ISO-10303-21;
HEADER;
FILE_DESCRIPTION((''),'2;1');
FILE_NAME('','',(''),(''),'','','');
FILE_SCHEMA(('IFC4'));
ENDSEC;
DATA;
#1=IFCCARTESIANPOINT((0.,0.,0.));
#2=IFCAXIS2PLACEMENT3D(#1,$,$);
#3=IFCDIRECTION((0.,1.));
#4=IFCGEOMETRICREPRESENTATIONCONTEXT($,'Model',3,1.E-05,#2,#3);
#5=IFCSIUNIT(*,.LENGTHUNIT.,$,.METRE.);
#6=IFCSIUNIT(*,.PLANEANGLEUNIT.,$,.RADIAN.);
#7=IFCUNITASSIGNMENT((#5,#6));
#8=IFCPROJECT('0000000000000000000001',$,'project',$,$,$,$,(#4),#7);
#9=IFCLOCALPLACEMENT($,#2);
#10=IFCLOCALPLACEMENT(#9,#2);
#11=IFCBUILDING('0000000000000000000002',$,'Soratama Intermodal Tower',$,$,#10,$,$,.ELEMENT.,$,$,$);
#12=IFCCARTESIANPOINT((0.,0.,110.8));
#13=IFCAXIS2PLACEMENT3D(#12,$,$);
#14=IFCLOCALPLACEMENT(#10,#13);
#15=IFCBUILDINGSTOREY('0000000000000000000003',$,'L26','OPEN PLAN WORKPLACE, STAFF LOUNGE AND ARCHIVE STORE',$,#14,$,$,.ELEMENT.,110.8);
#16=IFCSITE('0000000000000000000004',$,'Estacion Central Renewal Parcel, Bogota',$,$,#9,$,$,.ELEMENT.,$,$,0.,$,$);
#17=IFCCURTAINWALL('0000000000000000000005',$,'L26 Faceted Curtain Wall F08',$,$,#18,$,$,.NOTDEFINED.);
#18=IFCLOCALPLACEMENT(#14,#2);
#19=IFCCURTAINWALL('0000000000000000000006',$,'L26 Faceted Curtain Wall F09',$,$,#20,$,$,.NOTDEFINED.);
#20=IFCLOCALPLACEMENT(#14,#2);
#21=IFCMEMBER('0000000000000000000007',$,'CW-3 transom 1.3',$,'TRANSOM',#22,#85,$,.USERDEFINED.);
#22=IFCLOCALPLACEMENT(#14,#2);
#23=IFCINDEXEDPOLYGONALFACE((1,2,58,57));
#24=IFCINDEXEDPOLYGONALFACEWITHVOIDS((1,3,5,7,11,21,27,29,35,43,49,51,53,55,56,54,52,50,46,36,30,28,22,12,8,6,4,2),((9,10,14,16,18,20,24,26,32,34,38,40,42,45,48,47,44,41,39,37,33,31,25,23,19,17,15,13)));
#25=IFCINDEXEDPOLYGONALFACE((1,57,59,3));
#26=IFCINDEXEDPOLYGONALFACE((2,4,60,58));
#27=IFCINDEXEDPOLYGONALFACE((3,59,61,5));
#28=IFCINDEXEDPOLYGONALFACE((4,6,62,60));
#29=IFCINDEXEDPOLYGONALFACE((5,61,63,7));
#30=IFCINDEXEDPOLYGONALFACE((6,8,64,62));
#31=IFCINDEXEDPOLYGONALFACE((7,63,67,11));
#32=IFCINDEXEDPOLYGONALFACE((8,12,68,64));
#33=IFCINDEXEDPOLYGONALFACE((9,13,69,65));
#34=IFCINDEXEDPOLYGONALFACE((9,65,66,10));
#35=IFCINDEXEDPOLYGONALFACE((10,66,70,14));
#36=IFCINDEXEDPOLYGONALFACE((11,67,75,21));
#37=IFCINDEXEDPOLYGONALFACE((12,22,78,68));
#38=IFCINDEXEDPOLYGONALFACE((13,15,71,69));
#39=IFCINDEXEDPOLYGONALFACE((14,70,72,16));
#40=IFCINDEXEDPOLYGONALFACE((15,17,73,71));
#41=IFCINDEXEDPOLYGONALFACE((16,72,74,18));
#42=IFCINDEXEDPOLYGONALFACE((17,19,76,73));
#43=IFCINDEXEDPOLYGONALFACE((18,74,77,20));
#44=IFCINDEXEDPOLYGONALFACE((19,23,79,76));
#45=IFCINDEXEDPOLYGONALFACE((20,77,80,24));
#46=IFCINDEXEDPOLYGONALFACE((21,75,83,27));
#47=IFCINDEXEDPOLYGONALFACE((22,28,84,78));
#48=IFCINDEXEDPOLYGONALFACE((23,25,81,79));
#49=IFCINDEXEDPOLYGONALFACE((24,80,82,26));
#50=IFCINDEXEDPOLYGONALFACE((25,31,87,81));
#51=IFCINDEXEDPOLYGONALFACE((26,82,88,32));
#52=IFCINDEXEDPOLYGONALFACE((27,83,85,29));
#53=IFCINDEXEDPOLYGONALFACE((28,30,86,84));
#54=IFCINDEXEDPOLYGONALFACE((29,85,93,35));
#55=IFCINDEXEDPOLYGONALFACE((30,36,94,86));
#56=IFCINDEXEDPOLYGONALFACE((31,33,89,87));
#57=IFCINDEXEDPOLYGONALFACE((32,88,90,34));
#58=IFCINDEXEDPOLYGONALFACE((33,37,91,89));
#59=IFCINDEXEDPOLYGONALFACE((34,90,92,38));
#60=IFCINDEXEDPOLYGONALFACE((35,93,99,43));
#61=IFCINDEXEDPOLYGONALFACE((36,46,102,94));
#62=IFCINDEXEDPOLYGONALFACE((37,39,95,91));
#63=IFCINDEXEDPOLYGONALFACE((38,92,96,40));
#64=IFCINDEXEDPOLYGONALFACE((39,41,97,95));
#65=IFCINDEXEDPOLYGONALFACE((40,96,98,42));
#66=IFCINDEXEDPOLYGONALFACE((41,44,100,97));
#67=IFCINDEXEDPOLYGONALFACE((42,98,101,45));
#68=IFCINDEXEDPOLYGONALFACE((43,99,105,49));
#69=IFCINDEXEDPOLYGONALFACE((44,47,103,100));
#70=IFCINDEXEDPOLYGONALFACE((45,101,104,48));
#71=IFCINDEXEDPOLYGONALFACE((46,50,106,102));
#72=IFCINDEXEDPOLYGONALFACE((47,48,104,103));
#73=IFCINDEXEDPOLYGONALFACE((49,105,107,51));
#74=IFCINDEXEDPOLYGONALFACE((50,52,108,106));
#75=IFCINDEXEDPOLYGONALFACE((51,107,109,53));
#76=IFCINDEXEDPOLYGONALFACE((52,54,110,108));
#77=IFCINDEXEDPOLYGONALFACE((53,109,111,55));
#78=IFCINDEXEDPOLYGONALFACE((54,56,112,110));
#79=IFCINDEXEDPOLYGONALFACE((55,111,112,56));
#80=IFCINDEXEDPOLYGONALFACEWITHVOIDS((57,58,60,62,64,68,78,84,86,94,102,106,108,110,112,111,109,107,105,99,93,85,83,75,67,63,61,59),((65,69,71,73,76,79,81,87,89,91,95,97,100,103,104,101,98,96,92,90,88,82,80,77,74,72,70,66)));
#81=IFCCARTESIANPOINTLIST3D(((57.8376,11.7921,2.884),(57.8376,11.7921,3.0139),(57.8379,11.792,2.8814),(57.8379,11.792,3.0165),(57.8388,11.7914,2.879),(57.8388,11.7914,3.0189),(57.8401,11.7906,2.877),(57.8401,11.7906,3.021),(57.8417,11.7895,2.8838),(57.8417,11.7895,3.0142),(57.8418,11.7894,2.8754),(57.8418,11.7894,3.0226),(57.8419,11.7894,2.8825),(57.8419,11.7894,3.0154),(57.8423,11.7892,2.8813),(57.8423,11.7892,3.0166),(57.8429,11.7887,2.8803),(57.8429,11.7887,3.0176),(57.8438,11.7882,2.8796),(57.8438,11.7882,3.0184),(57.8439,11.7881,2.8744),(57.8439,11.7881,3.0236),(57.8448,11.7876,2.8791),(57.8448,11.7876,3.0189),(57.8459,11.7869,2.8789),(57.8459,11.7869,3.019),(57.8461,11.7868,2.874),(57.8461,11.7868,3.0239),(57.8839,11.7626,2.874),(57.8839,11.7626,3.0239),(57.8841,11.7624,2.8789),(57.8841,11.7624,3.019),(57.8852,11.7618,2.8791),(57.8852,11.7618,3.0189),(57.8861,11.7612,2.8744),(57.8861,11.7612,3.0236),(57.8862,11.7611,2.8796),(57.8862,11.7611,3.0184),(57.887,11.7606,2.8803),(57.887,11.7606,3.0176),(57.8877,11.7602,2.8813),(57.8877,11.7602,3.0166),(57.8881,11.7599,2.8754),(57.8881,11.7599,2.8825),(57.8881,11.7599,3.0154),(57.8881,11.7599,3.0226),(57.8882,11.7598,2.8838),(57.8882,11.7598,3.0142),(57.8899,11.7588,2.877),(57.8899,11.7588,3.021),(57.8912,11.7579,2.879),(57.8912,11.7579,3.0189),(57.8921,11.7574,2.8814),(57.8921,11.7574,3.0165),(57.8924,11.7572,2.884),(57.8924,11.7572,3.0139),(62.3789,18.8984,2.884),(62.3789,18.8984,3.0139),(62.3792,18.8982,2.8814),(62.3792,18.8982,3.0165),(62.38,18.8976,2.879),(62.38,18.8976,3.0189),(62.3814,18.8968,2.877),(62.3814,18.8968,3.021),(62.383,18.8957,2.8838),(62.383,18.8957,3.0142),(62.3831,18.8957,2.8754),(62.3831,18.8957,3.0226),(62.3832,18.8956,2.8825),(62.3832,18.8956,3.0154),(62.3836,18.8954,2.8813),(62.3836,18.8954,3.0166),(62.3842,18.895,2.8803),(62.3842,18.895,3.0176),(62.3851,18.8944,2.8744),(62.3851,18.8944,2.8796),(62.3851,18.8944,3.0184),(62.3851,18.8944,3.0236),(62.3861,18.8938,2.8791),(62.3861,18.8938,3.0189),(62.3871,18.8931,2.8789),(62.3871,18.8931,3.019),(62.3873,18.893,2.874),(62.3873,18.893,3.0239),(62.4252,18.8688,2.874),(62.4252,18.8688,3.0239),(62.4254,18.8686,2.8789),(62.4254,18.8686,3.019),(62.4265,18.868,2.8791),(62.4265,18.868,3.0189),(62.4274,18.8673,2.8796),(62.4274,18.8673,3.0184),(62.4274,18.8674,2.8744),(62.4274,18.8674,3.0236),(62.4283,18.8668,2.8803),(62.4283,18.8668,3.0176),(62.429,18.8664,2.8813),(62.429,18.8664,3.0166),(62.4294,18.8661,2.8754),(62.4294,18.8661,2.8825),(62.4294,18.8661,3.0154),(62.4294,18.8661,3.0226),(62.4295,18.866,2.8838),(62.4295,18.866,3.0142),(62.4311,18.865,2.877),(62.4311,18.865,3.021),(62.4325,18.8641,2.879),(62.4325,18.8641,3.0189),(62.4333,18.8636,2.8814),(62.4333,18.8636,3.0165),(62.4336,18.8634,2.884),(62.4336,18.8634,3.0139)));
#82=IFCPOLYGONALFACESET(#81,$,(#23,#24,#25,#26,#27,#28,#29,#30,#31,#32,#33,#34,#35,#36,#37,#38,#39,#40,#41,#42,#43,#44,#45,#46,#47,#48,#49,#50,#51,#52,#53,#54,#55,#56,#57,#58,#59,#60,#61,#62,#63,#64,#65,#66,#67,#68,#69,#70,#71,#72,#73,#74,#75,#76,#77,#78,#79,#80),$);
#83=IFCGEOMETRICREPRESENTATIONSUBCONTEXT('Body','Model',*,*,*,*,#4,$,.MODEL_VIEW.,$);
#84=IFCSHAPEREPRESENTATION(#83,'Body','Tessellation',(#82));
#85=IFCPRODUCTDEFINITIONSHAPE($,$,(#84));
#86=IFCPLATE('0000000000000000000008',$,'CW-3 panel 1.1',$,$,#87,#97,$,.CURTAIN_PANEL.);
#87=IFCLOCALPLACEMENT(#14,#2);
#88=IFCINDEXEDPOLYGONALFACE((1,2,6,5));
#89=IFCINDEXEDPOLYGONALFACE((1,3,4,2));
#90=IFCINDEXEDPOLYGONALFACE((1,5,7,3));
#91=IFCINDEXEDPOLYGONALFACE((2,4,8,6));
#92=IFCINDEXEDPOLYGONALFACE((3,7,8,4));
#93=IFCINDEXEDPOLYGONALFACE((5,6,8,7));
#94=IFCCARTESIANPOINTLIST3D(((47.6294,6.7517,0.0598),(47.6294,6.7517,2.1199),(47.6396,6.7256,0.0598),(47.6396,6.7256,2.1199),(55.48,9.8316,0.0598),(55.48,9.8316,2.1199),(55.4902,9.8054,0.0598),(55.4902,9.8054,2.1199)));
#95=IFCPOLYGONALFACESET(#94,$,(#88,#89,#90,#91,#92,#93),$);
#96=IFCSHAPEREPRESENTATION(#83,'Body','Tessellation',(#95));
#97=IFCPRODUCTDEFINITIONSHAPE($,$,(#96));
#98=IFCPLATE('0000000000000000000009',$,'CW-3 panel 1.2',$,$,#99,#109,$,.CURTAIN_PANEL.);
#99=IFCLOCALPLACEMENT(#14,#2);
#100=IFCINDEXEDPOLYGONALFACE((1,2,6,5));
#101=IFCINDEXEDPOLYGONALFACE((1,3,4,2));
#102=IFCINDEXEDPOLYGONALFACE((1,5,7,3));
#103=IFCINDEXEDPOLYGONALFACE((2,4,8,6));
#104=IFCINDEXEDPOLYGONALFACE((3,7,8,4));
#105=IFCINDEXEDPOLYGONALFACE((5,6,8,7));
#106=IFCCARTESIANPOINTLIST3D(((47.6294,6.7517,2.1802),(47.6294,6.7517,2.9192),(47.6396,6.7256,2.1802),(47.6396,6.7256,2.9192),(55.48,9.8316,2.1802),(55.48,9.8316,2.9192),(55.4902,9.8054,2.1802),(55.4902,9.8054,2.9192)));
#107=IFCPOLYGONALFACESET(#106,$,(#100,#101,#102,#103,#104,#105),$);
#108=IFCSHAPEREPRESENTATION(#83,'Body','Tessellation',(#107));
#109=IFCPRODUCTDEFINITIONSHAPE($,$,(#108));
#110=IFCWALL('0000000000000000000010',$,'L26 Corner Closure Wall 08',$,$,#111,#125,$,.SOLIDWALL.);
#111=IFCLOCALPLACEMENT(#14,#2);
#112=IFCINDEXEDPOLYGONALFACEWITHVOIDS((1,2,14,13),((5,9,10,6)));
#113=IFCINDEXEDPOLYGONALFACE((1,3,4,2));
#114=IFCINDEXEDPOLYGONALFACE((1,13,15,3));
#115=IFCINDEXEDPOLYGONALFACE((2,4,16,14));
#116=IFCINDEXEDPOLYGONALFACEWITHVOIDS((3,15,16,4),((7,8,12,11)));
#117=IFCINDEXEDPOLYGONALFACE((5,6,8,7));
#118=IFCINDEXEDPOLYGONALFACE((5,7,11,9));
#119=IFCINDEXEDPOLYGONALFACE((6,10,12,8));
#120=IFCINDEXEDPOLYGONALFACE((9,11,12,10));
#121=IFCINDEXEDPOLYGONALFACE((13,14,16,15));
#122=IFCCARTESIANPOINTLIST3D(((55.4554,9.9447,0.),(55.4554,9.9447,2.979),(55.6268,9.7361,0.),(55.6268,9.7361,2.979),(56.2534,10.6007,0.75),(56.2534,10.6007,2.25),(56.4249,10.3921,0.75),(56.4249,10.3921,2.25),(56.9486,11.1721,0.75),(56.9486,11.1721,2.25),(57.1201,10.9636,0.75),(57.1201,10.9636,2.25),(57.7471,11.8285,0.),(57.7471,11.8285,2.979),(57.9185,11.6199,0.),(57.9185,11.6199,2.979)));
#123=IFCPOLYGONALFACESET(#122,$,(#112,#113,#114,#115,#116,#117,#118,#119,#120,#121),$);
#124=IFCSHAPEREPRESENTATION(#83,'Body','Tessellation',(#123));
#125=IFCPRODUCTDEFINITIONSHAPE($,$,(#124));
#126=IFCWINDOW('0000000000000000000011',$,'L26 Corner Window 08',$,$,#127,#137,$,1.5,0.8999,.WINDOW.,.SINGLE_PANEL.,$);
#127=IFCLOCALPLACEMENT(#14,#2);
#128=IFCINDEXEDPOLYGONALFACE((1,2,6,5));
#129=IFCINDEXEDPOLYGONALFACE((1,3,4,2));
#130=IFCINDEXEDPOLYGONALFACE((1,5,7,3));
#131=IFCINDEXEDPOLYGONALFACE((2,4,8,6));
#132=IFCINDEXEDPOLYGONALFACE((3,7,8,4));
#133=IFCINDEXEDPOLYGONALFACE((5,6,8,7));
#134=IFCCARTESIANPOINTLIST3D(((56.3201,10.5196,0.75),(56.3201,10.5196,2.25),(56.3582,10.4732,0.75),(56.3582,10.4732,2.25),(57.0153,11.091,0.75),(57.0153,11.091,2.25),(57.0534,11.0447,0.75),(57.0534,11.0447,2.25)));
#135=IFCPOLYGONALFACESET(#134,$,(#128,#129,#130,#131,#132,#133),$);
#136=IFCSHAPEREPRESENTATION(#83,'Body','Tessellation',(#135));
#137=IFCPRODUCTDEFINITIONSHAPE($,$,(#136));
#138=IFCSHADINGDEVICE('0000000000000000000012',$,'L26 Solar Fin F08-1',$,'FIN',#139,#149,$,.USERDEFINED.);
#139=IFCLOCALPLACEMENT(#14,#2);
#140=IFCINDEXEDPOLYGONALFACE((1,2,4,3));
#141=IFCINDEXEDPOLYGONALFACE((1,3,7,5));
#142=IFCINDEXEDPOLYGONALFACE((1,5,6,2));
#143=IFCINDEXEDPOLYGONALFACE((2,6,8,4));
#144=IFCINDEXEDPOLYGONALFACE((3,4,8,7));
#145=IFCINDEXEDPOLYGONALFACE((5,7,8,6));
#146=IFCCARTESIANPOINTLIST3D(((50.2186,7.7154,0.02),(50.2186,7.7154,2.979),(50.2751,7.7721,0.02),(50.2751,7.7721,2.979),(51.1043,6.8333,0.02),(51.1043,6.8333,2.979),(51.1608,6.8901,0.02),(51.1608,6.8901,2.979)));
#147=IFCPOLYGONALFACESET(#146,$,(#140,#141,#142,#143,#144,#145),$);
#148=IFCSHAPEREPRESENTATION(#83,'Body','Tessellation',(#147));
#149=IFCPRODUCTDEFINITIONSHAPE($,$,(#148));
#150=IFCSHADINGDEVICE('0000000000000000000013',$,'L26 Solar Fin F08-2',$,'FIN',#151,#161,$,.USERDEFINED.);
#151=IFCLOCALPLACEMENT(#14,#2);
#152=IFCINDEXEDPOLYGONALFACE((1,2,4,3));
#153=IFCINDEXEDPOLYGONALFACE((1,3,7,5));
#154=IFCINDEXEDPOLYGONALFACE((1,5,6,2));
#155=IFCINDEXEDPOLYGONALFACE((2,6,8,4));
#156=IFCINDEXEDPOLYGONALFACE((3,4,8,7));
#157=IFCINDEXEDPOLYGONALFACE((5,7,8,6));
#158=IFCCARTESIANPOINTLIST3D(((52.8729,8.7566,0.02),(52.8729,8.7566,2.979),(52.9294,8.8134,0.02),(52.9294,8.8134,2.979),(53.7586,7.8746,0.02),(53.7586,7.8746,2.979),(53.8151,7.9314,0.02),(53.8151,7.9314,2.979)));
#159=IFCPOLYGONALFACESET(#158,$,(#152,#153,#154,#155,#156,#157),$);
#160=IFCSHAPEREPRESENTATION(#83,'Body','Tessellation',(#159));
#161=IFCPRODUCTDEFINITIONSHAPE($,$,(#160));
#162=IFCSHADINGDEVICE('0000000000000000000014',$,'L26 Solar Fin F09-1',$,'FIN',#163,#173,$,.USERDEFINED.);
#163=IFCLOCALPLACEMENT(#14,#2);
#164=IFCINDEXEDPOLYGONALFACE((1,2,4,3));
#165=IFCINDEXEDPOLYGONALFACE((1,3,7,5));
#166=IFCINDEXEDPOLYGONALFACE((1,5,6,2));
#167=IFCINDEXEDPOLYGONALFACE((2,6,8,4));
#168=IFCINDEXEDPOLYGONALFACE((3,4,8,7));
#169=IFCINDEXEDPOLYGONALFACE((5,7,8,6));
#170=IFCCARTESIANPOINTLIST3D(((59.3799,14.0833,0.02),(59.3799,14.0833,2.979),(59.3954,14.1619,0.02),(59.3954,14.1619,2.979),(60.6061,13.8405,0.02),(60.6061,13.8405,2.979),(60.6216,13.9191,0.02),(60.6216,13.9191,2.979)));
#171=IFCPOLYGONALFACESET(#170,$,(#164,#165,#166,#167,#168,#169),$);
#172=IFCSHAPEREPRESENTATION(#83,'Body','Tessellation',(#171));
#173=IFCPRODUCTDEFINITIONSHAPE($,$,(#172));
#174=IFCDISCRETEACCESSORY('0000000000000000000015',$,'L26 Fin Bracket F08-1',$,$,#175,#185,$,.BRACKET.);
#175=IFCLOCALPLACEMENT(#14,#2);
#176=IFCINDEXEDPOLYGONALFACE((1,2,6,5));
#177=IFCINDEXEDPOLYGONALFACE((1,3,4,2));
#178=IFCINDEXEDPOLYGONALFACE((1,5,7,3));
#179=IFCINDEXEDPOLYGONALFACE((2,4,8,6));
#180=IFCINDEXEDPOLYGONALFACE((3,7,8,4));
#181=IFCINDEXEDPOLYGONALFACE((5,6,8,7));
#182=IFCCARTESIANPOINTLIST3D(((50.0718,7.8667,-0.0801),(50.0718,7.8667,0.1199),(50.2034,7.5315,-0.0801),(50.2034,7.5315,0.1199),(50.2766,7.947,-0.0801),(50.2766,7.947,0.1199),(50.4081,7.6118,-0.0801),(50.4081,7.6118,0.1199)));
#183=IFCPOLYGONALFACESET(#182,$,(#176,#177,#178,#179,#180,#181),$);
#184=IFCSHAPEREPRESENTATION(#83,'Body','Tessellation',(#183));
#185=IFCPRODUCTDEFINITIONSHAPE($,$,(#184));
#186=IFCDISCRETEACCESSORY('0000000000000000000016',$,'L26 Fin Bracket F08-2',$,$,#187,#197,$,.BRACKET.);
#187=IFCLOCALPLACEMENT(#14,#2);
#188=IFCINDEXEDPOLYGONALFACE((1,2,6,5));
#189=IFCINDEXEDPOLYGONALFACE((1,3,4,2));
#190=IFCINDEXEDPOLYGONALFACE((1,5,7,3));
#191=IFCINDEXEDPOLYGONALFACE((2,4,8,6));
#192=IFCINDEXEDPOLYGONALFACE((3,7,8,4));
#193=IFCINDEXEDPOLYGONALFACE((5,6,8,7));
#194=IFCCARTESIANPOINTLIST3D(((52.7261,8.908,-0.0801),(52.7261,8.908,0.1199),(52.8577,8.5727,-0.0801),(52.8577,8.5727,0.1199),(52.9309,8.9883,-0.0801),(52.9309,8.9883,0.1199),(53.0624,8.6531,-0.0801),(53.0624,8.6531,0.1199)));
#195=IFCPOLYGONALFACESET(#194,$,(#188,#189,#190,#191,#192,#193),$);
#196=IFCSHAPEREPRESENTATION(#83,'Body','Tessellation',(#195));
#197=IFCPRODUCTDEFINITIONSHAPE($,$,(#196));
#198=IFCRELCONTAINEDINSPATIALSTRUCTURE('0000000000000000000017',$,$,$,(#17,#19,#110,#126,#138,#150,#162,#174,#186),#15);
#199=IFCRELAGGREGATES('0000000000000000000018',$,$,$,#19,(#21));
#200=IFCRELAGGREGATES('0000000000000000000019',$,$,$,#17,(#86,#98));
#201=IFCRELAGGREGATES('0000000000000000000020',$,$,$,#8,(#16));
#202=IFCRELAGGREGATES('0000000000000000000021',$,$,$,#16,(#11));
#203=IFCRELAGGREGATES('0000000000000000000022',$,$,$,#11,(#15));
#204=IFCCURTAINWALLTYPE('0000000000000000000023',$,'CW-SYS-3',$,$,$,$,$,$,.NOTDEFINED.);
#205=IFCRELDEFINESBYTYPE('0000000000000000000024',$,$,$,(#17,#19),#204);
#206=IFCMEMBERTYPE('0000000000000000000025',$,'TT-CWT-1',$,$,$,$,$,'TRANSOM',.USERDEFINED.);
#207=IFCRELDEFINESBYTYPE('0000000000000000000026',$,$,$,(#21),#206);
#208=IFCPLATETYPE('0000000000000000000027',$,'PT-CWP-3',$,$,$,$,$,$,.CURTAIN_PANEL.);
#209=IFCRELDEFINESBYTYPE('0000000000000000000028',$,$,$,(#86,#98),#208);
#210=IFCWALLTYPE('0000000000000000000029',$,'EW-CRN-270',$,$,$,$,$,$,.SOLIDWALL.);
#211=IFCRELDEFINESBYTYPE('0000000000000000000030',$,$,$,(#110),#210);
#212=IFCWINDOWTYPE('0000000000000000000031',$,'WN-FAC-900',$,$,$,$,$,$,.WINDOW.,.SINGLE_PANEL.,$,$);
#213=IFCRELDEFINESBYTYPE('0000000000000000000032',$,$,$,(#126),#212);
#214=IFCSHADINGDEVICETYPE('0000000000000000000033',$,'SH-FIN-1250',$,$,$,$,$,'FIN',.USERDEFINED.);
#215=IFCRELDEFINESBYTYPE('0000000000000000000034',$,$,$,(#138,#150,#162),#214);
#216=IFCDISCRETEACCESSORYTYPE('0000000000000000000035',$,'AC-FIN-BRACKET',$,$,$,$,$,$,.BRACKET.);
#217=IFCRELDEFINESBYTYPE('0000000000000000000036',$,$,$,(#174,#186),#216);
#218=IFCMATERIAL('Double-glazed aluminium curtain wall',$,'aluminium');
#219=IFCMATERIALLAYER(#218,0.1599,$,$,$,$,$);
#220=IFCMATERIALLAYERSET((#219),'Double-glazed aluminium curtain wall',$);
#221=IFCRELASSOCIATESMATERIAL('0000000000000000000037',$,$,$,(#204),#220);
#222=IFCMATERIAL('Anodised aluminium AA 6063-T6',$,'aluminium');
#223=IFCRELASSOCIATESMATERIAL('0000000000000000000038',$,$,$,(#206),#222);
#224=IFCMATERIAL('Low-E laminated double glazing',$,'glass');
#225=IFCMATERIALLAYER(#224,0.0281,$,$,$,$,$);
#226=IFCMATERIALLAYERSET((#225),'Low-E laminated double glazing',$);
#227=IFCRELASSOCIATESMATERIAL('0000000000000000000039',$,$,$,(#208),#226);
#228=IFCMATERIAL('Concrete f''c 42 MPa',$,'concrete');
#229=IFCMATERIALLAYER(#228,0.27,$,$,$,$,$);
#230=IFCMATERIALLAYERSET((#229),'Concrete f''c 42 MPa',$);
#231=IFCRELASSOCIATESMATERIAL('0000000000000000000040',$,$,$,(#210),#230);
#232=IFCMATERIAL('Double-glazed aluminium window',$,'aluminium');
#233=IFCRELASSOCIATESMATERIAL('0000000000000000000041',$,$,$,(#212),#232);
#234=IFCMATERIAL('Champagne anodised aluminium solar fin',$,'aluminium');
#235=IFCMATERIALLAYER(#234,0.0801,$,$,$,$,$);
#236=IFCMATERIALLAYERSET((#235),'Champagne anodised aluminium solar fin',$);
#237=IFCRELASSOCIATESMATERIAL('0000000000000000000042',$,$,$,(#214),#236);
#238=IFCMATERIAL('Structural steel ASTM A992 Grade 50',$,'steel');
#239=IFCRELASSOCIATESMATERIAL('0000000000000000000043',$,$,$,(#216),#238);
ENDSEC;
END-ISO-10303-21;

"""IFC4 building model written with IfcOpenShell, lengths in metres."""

from ifc_helpers import new_model, si_unit, direction, frame, frame_2d, origin, origin_2d, place, context, subcontext, project, spatial, rectangle, hollow_rectangle, extrude, material, layer, layer_set, material_profile, profile_set, type_object, element, fill, aggregate, save


model = new_model("IFC4")

# Units and contexts
model_context = context("Model", 3, precision=1e-05, world=origin(), true_north=direction((0.0, 1.0)))
body_context = subcontext(model_context, "Body", "Model", "MODEL_VIEW")
ifc_project = project(units=[si_unit("LENGTHUNIT", "METRE"), si_unit("PLANEANGLEUNIT", "RADIAN")], contexts=[model_context])

# Site, building, storey
site_placement = place(None, origin())
site = spatial("IfcSite", under=ifc_project, at=site_placement, Name="Estacion Central Renewal Parcel, Bogota", CompositionType="ELEMENT", RefElevation=0.0)
building_placement = place(site_placement, origin())
building = spatial("IfcBuilding", under=site, at=building_placement, Name="Soratama Intermodal Tower", CompositionType="ELEMENT")
storey_placement = place(building_placement, frame((0.0, 0.0, 110.8)))
storey = spatial("IfcBuildingStorey", under=building, at=storey_placement, Name="L26", Description="OPEN PLAN WORKPLACE, STAFF LOUNGE AND ARCHIVE STORE", CompositionType="ELEMENT", Elevation=110.8)

# Curtain wall
ifc_material_1 = material(Name="Double-glazed aluminium curtain wall", Category="aluminium")
ifc_layer_1 = layer(ifc_material_1, 0.1599)
ifc_layer_set_1 = layer_set([ifc_layer_1], Name="Double-glazed aluminium curtain wall")
curtain_wall_type = type_object("IfcCurtainWallType", Name="CW-SYS-3", PredefinedType="NOTDEFINED", material=ifc_layer_set_1)
curtain_wall_1_placement = place(storey_placement, origin())
curtain_wall_1 = element("IfcCurtainWall", 1, at=curtain_wall_1_placement, inside=storey, type_object=curtain_wall_type, Name="L26 Faceted Curtain Wall F08", PredefinedType="NOTDEFINED")

# Curtain wall, member
curtain_wall_2_placement = place(storey_placement, origin())
curtain_wall_2 = element("IfcCurtainWall", 2, at=curtain_wall_2_placement, inside=storey, type_object=curtain_wall_type, Name="L26 Faceted Curtain Wall F09", PredefinedType="NOTDEFINED")
ifc_material_2 = material(Name="Anodised aluminium AA 6063-T6", Category="aluminium")
ifc_material_profile_1 = material_profile(ifc_material_2, hollow_rectangle(XDim=0.0649, YDim=0.1499, WallThickness=0.0049, InnerFilletRadius=0.0049, OuterFilletRadius=0.01, at=origin_2d()), Name="CWT150X65X5")
ifc_profile_set_1 = profile_set([ifc_material_profile_1], Name="Anodised aluminium AA 6063-T6")
member_type_1 = type_object("IfcMemberType", Name="TT-CWT-1", ElementType="TRANSOM", PredefinedType="USERDEFINED", material=ifc_profile_set_1)
member_1_placement = place(storey_placement, frame((57.865, 11.7747, 2.949), z_axis=(0.538489, 0.842632, 0.0), x_axis=(-0.842632, 0.538489, 0.0)))
member_1 = element("IfcMember", 3, at=member_1_placement, type_object=member_type_1, Name="CW-3 transom 1.3", ObjectType="TRANSOM", PredefinedType="USERDEFINED", context=body_context, shape_type="SweptSolid", body=[
    extrude(hollow_rectangle(XDim=0.0649, YDim=0.1499, WallThickness=0.0049, InnerFilletRadius=0.0049, OuterFilletRadius=0.01, at=origin_2d()), origin(), (0.0, 0.0, 1.0), 8.4333),
])
aggregate(curtain_wall_2, [member_1])

# Plates
ifc_material_3 = material(Name="Low-E laminated double glazing", Category="glass")
ifc_layer_2 = layer(ifc_material_3, 0.0281)
ifc_layer_set_2 = layer_set([ifc_layer_2], Name="Low-E laminated double glazing")
plate_type = type_object("IfcPlateType", Name="PT-CWP-3", PredefinedType="CURTAIN_PANEL", material=ifc_layer_set_2)
plate_1_placement = place(storey_placement, frame((51.5598, 8.2786, 0.0598), z_axis=(0.0, 0.0, 1.0), x_axis=(0.930926, 0.365208, 0.0)))
plate_1 = element("IfcPlate", 4, at=plate_1_placement, type_object=plate_type, Name="CW-3 panel 1.1", PredefinedType="CURTAIN_PANEL", context=body_context, shape_type="SweptSolid", body=[
    extrude(rectangle(XDim=8.4331, YDim=0.0281, at=origin_2d()), origin(), (0.0, 0.0, 1.0), 2.0601),
])
plate_2_placement = place(storey_placement, frame((51.5598, 8.2786, 2.1802), z_axis=(0.0, 0.0, 1.0), x_axis=(0.930926, 0.365208, 0.0)))
plate_2 = element("IfcPlate", 5, at=plate_2_placement, type_object=plate_type, Name="CW-3 panel 1.2", PredefinedType="CURTAIN_PANEL", context=body_context, shape_type="SweptSolid", body=[
    extrude(rectangle(XDim=8.4331, YDim=0.0281, at=origin_2d()), origin(), (0.0, 0.0, 1.0), 0.739),
])
aggregate(curtain_wall_1, [plate_1, plate_2])

# Wall, opening, window
ifc_material_4 = material(Name="Concrete f'c 42 MPa", Category="concrete")
ifc_layer_3 = layer(ifc_material_4, 0.27)
ifc_layer_set_3 = layer_set([ifc_layer_3], Name="Concrete f'c 42 MPa")
wall_type = type_object("IfcWallType", Name="EW-CRN-270", PredefinedType="SOLIDWALL", material=ifc_layer_set_3)
wall_placement = place(storey_placement, frame((55.541, 9.8403, 0.0), z_axis=(0.0, 0.0, 1.0), x_axis=(0.772514, 0.634997, 0.0)))
wall = element("IfcWall", 6, at=wall_placement, inside=storey, type_object=wall_type, Name="L26 Corner Closure Wall 08", PredefinedType="SOLIDWALL", context=body_context, shape_type="SweptSolid", body=[
    extrude(rectangle(XDim=2.9666, YDim=0.27, at=frame_2d((1.4834, 0.0))), origin(), (0.0, 0.0, 1.0), 2.979),
])
opening_placement = place(wall_placement, frame((1.0332, 0.0, 0.75)))
opening = element("IfcOpeningElement", 7, at=opening_placement, cuts=wall, PredefinedType="OPENING", context=body_context, shape_type="SweptSolid", body=[
    extrude(rectangle(XDim=0.8999, YDim=1.5, at=frame_2d((0.45, 0.75))), frame((0.0, 0.145, 0.0), z_axis=(0.0, -1.0, 0.0), x_axis=(1.0, 0.0, 0.0)), (0.0, 0.0, 1.0), 0.29),
])
ifc_material_5 = material(Name="Double-glazed aluminium window", Category="aluminium")
window_type = type_object("IfcWindowType", Name="WN-FAC-900", PartitioningType="SINGLE_PANEL", PredefinedType="WINDOW", material=ifc_material_5)
window_placement = place(opening_placement, origin())
window = element("IfcWindow", 8, at=window_placement, inside=storey, type_object=window_type, Name="L26 Corner Window 08", OverallHeight=1.5, OverallWidth=0.8999, PartitioningType="SINGLE_PANEL", PredefinedType="WINDOW", context=body_context, shape_type="SweptSolid", body=[
    extrude(rectangle(XDim=0.8999, YDim=1.5, at=frame_2d((0.45, 0.75))), frame((0.0, 0.03, 0.0), z_axis=(0.0, -1.0, 0.0), x_axis=(1.0, 0.0, 0.0)), (0.0, 0.0, 1.0), 0.0601),
])
fill(opening, window)

# Shading devices
ifc_material_6 = material(Name="Champagne anodised aluminium solar fin", Category="aluminium")
ifc_layer_4 = layer(ifc_material_6, 0.0801)
ifc_layer_set_4 = layer_set([ifc_layer_4], Name="Champagne anodised aluminium solar fin")
shading_device_type = type_object("IfcShadingDeviceType", Name="SH-FIN-1250", ElementType="FIN", PredefinedType="USERDEFINED", material=ifc_layer_set_4)
for number, where, z_axis, x_axis, name in (
    (9, (50.6897, 7.3027, 0.02), (0.0, 0.0, 1.0), (0.708586, -0.705624, 0.0), "L26 Solar Fin F08-1"),
    (10, (53.344, 8.344, 0.02), (0.0, 0.0, 1.0), (0.708586, -0.705624, 0.0), "L26 Solar Fin F08-2"),
    (11, (60.0007, 14.0012, 0.02), (0.0, 0.0, 1.0), (0.980955, -0.194234, 0.0), "L26 Solar Fin F09-1"),
):
    element("IfcShadingDevice", number, at=place(storey_placement, frame(where, z_axis=z_axis, x_axis=x_axis)), inside=storey, type_object=shading_device_type, Name=name, ObjectType="FIN", PredefinedType="USERDEFINED", context=body_context, shape_type="SweptSolid", body=[
        extrude(rectangle(XDim=1.25, YDim=0.0801, at=origin_2d()), origin(), (0.0, 0.0, 1.0), 2.959),
    ])

# Discrete accessories
ifc_material_7 = material(Name="Structural steel ASTM A992 Grade 50", Category="steel")
discrete_accessory_type = type_object("IfcDiscreteAccessoryType", Name="AC-FIN-BRACKET", PredefinedType="BRACKET", material=ifc_material_7)
for number, where, z_axis, x_axis, name in (
    (12, (50.24, 7.7393, -0.0801), (0.0, 0.0, 1.0), (0.365202, -0.930928, 0.0), "L26 Fin Bracket F08-1"),
    (13, (52.8943, 8.7805, -0.0801), (0.0, 0.0, 1.0), (0.365202, -0.930928, 0.0), "L26 Fin Bracket F08-2"),
):
    element("IfcDiscreteAccessory", number, at=place(storey_placement, frame(where, z_axis=z_axis, x_axis=x_axis)), inside=storey, type_object=discrete_accessory_type, Name=name, PredefinedType="BRACKET", context=body_context, shape_type="SweptSolid", body=[
        extrude(rectangle(XDim=0.3601, YDim=0.22, at=origin_2d()), origin(), (0.0, 0.0, 1.0), 0.2),
    ])

save(model, "model.ifc")
